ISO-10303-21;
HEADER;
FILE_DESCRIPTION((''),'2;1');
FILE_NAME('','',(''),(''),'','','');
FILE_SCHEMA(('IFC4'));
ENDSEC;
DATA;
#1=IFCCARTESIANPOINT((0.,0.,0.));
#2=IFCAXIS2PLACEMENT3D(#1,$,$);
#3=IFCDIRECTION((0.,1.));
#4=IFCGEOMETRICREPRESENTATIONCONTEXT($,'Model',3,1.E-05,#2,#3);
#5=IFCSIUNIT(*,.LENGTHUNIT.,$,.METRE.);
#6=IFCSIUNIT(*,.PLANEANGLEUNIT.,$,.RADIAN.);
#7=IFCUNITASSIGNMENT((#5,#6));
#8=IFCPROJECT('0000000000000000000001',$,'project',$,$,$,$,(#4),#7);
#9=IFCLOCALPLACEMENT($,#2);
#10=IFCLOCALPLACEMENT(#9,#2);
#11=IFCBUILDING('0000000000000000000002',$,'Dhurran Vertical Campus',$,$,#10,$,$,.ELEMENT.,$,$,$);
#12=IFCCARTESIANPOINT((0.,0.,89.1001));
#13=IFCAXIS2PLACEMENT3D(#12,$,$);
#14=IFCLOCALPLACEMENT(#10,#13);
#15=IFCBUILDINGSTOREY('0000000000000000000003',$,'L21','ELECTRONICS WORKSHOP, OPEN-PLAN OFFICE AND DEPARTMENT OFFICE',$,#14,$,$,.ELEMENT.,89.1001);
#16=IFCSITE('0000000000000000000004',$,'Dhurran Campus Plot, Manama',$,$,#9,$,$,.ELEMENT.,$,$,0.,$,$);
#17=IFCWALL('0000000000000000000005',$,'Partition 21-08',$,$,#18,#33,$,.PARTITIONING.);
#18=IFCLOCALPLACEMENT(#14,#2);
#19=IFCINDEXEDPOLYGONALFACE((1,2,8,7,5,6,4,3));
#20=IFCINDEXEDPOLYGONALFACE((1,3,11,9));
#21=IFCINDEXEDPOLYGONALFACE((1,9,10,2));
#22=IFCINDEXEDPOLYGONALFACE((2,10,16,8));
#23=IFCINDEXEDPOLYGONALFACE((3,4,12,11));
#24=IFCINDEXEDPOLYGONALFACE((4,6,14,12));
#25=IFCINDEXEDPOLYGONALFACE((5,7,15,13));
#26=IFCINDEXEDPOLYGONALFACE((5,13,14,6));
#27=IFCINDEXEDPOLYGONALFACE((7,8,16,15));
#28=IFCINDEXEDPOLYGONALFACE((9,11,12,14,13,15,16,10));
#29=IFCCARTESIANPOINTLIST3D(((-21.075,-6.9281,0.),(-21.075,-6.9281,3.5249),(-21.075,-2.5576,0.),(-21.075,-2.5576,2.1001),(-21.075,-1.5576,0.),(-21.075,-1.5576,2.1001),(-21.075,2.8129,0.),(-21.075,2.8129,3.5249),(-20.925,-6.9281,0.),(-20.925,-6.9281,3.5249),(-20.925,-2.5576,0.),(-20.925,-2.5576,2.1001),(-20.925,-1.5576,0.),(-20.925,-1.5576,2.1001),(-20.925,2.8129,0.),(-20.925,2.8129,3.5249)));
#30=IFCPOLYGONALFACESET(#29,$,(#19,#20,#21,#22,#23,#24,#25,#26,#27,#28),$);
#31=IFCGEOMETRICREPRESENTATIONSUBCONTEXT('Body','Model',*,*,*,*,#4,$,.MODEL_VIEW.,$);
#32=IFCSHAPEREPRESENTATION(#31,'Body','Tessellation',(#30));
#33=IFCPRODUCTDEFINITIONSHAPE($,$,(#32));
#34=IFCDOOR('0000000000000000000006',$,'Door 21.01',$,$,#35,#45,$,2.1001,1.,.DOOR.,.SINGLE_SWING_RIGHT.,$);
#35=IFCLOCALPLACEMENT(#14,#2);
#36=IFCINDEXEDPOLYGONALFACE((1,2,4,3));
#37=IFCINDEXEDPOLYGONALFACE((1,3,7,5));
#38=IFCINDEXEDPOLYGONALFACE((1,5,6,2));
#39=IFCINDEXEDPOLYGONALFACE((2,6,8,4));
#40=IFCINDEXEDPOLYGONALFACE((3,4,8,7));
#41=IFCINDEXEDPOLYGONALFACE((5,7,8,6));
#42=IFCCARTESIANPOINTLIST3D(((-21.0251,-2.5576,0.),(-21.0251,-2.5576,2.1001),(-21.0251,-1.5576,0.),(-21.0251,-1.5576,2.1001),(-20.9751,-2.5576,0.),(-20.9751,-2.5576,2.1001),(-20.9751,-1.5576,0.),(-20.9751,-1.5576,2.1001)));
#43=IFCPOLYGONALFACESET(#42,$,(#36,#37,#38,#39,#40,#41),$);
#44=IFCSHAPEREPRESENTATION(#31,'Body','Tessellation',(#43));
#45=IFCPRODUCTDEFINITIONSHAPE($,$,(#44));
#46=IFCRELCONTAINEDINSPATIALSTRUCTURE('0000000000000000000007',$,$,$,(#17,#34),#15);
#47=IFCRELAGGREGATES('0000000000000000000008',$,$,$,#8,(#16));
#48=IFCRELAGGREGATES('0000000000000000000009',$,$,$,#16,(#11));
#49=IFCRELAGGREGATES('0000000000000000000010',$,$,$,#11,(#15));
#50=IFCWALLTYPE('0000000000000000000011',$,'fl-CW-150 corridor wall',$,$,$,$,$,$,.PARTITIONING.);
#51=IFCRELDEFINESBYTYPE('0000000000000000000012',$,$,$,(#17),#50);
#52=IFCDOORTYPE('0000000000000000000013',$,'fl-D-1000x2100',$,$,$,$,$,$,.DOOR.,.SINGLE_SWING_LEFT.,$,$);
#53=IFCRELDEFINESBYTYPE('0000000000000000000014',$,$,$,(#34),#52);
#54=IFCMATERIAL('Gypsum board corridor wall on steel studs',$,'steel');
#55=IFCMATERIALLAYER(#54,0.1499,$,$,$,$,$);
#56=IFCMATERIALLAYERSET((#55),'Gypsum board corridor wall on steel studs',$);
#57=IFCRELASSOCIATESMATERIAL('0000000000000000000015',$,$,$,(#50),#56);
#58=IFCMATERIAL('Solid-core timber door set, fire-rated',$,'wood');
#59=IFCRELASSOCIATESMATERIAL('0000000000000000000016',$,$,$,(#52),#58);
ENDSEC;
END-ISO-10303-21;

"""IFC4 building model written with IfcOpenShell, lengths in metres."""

from ifc_helpers import new_model, si_unit, direction, frame, frame_2d, origin, place, context, subcontext, project, spatial, rectangle, extrude, material, layer, layer_set, type_object, element, fill, save


model = new_model("IFC4")

# Units and contexts
model_context = context("Model", 3, precision=1e-05, world=origin(), true_north=direction((0.0, 1.0)))
body_context = subcontext(model_context, "Body", "Model", "MODEL_VIEW")
ifc_project = project(units=[si_unit("LENGTHUNIT", "METRE"), si_unit("PLANEANGLEUNIT", "RADIAN")], contexts=[model_context])

# Site, building, storey
site_placement = place(None, origin())
site = spatial("IfcSite", under=ifc_project, at=site_placement, Name="Dhurran Campus Plot, Manama", CompositionType="ELEMENT", RefElevation=0.0)
building_placement = place(site_placement, origin())
building = spatial("IfcBuilding", under=site, at=building_placement, Name="Dhurran Vertical Campus", CompositionType="ELEMENT")
storey_placement = place(building_placement, frame((0.0, 0.0, 89.1001)))
storey = spatial("IfcBuildingStorey", under=building, at=storey_placement, Name="L21", Description="ELECTRONICS WORKSHOP, OPEN-PLAN OFFICE AND DEPARTMENT OFFICE", CompositionType="ELEMENT", Elevation=89.1001)

# Wall, opening, door
ifc_material_1 = material(Name="Gypsum board corridor wall on steel studs", Category="steel")
ifc_layer_1 = layer(ifc_material_1, 0.1499)
ifc_layer_set_1 = layer_set([ifc_layer_1], Name="Gypsum board corridor wall on steel studs")
wall_type_1 = type_object("IfcWallType", Name="fl-CW-150 corridor wall", PredefinedType="PARTITIONING", material=ifc_layer_set_1)
wall_1_placement = place(storey_placement, frame((-21.0, 2.813, 0.0), z_axis=(0.0, 0.0, 1.0), x_axis=(0.0, -1.0, 0.0)))
wall_1 = element("IfcWall", 1, at=wall_1_placement, inside=storey, type_object=wall_type_1, Name="Partition 21-08", PredefinedType="PARTITIONING", context=body_context, shape_type="SweptSolid", body=[
    extrude(rectangle(XDim=9.741, YDim=0.1499, at=frame_2d((4.8706, 0.0))), origin(), (0.0, 0.0, 1.0), 3.5249),
])
opening_1_placement = place(wall_1_placement, frame((4.3706, 0.0, 0.0)))
opening_1 = element("IfcOpeningElement", 2, at=opening_1_placement, cuts=wall_1, PredefinedType="OPENING", context=body_context, shape_type="SweptSolid", body=[
    extrude(rectangle(XDim=1.0, YDim=2.1001, at=frame_2d((0.5, 1.05))), frame((0.0, 0.085, 0.0), z_axis=(0.0, -1.0, 0.0), x_axis=(1.0, 0.0, 0.0)), (0.0, 0.0, 1.0), 0.1699),
])
ifc_material_2 = material(Name="Solid-core timber door set, fire-rated", Category="wood")
door_type_1 = type_object("IfcDoorType", Name="fl-D-1000x2100", OperationType="SINGLE_SWING_LEFT", PredefinedType="DOOR", material=ifc_material_2)
door_1_placement = place(opening_1_placement, origin())
door_1 = element("IfcDoor", 3, at=door_1_placement, inside=storey, type_object=door_type_1, Name="Door 21.01", OperationType="SINGLE_SWING_RIGHT", OverallHeight=2.1001, OverallWidth=1.0, PredefinedType="DOOR", context=body_context, shape_type="SweptSolid", body=[
    extrude(rectangle(XDim=1.0, YDim=2.1001, at=frame_2d((0.5, 1.05))), frame((0.0, 0.0249, 0.0), z_axis=(0.0, -1.0, 0.0), x_axis=(1.0, 0.0, 0.0)), (0.0, 0.0, 1.0), 0.05),
])
fill(opening_1, door_1)

save(model, "model.ifc")
